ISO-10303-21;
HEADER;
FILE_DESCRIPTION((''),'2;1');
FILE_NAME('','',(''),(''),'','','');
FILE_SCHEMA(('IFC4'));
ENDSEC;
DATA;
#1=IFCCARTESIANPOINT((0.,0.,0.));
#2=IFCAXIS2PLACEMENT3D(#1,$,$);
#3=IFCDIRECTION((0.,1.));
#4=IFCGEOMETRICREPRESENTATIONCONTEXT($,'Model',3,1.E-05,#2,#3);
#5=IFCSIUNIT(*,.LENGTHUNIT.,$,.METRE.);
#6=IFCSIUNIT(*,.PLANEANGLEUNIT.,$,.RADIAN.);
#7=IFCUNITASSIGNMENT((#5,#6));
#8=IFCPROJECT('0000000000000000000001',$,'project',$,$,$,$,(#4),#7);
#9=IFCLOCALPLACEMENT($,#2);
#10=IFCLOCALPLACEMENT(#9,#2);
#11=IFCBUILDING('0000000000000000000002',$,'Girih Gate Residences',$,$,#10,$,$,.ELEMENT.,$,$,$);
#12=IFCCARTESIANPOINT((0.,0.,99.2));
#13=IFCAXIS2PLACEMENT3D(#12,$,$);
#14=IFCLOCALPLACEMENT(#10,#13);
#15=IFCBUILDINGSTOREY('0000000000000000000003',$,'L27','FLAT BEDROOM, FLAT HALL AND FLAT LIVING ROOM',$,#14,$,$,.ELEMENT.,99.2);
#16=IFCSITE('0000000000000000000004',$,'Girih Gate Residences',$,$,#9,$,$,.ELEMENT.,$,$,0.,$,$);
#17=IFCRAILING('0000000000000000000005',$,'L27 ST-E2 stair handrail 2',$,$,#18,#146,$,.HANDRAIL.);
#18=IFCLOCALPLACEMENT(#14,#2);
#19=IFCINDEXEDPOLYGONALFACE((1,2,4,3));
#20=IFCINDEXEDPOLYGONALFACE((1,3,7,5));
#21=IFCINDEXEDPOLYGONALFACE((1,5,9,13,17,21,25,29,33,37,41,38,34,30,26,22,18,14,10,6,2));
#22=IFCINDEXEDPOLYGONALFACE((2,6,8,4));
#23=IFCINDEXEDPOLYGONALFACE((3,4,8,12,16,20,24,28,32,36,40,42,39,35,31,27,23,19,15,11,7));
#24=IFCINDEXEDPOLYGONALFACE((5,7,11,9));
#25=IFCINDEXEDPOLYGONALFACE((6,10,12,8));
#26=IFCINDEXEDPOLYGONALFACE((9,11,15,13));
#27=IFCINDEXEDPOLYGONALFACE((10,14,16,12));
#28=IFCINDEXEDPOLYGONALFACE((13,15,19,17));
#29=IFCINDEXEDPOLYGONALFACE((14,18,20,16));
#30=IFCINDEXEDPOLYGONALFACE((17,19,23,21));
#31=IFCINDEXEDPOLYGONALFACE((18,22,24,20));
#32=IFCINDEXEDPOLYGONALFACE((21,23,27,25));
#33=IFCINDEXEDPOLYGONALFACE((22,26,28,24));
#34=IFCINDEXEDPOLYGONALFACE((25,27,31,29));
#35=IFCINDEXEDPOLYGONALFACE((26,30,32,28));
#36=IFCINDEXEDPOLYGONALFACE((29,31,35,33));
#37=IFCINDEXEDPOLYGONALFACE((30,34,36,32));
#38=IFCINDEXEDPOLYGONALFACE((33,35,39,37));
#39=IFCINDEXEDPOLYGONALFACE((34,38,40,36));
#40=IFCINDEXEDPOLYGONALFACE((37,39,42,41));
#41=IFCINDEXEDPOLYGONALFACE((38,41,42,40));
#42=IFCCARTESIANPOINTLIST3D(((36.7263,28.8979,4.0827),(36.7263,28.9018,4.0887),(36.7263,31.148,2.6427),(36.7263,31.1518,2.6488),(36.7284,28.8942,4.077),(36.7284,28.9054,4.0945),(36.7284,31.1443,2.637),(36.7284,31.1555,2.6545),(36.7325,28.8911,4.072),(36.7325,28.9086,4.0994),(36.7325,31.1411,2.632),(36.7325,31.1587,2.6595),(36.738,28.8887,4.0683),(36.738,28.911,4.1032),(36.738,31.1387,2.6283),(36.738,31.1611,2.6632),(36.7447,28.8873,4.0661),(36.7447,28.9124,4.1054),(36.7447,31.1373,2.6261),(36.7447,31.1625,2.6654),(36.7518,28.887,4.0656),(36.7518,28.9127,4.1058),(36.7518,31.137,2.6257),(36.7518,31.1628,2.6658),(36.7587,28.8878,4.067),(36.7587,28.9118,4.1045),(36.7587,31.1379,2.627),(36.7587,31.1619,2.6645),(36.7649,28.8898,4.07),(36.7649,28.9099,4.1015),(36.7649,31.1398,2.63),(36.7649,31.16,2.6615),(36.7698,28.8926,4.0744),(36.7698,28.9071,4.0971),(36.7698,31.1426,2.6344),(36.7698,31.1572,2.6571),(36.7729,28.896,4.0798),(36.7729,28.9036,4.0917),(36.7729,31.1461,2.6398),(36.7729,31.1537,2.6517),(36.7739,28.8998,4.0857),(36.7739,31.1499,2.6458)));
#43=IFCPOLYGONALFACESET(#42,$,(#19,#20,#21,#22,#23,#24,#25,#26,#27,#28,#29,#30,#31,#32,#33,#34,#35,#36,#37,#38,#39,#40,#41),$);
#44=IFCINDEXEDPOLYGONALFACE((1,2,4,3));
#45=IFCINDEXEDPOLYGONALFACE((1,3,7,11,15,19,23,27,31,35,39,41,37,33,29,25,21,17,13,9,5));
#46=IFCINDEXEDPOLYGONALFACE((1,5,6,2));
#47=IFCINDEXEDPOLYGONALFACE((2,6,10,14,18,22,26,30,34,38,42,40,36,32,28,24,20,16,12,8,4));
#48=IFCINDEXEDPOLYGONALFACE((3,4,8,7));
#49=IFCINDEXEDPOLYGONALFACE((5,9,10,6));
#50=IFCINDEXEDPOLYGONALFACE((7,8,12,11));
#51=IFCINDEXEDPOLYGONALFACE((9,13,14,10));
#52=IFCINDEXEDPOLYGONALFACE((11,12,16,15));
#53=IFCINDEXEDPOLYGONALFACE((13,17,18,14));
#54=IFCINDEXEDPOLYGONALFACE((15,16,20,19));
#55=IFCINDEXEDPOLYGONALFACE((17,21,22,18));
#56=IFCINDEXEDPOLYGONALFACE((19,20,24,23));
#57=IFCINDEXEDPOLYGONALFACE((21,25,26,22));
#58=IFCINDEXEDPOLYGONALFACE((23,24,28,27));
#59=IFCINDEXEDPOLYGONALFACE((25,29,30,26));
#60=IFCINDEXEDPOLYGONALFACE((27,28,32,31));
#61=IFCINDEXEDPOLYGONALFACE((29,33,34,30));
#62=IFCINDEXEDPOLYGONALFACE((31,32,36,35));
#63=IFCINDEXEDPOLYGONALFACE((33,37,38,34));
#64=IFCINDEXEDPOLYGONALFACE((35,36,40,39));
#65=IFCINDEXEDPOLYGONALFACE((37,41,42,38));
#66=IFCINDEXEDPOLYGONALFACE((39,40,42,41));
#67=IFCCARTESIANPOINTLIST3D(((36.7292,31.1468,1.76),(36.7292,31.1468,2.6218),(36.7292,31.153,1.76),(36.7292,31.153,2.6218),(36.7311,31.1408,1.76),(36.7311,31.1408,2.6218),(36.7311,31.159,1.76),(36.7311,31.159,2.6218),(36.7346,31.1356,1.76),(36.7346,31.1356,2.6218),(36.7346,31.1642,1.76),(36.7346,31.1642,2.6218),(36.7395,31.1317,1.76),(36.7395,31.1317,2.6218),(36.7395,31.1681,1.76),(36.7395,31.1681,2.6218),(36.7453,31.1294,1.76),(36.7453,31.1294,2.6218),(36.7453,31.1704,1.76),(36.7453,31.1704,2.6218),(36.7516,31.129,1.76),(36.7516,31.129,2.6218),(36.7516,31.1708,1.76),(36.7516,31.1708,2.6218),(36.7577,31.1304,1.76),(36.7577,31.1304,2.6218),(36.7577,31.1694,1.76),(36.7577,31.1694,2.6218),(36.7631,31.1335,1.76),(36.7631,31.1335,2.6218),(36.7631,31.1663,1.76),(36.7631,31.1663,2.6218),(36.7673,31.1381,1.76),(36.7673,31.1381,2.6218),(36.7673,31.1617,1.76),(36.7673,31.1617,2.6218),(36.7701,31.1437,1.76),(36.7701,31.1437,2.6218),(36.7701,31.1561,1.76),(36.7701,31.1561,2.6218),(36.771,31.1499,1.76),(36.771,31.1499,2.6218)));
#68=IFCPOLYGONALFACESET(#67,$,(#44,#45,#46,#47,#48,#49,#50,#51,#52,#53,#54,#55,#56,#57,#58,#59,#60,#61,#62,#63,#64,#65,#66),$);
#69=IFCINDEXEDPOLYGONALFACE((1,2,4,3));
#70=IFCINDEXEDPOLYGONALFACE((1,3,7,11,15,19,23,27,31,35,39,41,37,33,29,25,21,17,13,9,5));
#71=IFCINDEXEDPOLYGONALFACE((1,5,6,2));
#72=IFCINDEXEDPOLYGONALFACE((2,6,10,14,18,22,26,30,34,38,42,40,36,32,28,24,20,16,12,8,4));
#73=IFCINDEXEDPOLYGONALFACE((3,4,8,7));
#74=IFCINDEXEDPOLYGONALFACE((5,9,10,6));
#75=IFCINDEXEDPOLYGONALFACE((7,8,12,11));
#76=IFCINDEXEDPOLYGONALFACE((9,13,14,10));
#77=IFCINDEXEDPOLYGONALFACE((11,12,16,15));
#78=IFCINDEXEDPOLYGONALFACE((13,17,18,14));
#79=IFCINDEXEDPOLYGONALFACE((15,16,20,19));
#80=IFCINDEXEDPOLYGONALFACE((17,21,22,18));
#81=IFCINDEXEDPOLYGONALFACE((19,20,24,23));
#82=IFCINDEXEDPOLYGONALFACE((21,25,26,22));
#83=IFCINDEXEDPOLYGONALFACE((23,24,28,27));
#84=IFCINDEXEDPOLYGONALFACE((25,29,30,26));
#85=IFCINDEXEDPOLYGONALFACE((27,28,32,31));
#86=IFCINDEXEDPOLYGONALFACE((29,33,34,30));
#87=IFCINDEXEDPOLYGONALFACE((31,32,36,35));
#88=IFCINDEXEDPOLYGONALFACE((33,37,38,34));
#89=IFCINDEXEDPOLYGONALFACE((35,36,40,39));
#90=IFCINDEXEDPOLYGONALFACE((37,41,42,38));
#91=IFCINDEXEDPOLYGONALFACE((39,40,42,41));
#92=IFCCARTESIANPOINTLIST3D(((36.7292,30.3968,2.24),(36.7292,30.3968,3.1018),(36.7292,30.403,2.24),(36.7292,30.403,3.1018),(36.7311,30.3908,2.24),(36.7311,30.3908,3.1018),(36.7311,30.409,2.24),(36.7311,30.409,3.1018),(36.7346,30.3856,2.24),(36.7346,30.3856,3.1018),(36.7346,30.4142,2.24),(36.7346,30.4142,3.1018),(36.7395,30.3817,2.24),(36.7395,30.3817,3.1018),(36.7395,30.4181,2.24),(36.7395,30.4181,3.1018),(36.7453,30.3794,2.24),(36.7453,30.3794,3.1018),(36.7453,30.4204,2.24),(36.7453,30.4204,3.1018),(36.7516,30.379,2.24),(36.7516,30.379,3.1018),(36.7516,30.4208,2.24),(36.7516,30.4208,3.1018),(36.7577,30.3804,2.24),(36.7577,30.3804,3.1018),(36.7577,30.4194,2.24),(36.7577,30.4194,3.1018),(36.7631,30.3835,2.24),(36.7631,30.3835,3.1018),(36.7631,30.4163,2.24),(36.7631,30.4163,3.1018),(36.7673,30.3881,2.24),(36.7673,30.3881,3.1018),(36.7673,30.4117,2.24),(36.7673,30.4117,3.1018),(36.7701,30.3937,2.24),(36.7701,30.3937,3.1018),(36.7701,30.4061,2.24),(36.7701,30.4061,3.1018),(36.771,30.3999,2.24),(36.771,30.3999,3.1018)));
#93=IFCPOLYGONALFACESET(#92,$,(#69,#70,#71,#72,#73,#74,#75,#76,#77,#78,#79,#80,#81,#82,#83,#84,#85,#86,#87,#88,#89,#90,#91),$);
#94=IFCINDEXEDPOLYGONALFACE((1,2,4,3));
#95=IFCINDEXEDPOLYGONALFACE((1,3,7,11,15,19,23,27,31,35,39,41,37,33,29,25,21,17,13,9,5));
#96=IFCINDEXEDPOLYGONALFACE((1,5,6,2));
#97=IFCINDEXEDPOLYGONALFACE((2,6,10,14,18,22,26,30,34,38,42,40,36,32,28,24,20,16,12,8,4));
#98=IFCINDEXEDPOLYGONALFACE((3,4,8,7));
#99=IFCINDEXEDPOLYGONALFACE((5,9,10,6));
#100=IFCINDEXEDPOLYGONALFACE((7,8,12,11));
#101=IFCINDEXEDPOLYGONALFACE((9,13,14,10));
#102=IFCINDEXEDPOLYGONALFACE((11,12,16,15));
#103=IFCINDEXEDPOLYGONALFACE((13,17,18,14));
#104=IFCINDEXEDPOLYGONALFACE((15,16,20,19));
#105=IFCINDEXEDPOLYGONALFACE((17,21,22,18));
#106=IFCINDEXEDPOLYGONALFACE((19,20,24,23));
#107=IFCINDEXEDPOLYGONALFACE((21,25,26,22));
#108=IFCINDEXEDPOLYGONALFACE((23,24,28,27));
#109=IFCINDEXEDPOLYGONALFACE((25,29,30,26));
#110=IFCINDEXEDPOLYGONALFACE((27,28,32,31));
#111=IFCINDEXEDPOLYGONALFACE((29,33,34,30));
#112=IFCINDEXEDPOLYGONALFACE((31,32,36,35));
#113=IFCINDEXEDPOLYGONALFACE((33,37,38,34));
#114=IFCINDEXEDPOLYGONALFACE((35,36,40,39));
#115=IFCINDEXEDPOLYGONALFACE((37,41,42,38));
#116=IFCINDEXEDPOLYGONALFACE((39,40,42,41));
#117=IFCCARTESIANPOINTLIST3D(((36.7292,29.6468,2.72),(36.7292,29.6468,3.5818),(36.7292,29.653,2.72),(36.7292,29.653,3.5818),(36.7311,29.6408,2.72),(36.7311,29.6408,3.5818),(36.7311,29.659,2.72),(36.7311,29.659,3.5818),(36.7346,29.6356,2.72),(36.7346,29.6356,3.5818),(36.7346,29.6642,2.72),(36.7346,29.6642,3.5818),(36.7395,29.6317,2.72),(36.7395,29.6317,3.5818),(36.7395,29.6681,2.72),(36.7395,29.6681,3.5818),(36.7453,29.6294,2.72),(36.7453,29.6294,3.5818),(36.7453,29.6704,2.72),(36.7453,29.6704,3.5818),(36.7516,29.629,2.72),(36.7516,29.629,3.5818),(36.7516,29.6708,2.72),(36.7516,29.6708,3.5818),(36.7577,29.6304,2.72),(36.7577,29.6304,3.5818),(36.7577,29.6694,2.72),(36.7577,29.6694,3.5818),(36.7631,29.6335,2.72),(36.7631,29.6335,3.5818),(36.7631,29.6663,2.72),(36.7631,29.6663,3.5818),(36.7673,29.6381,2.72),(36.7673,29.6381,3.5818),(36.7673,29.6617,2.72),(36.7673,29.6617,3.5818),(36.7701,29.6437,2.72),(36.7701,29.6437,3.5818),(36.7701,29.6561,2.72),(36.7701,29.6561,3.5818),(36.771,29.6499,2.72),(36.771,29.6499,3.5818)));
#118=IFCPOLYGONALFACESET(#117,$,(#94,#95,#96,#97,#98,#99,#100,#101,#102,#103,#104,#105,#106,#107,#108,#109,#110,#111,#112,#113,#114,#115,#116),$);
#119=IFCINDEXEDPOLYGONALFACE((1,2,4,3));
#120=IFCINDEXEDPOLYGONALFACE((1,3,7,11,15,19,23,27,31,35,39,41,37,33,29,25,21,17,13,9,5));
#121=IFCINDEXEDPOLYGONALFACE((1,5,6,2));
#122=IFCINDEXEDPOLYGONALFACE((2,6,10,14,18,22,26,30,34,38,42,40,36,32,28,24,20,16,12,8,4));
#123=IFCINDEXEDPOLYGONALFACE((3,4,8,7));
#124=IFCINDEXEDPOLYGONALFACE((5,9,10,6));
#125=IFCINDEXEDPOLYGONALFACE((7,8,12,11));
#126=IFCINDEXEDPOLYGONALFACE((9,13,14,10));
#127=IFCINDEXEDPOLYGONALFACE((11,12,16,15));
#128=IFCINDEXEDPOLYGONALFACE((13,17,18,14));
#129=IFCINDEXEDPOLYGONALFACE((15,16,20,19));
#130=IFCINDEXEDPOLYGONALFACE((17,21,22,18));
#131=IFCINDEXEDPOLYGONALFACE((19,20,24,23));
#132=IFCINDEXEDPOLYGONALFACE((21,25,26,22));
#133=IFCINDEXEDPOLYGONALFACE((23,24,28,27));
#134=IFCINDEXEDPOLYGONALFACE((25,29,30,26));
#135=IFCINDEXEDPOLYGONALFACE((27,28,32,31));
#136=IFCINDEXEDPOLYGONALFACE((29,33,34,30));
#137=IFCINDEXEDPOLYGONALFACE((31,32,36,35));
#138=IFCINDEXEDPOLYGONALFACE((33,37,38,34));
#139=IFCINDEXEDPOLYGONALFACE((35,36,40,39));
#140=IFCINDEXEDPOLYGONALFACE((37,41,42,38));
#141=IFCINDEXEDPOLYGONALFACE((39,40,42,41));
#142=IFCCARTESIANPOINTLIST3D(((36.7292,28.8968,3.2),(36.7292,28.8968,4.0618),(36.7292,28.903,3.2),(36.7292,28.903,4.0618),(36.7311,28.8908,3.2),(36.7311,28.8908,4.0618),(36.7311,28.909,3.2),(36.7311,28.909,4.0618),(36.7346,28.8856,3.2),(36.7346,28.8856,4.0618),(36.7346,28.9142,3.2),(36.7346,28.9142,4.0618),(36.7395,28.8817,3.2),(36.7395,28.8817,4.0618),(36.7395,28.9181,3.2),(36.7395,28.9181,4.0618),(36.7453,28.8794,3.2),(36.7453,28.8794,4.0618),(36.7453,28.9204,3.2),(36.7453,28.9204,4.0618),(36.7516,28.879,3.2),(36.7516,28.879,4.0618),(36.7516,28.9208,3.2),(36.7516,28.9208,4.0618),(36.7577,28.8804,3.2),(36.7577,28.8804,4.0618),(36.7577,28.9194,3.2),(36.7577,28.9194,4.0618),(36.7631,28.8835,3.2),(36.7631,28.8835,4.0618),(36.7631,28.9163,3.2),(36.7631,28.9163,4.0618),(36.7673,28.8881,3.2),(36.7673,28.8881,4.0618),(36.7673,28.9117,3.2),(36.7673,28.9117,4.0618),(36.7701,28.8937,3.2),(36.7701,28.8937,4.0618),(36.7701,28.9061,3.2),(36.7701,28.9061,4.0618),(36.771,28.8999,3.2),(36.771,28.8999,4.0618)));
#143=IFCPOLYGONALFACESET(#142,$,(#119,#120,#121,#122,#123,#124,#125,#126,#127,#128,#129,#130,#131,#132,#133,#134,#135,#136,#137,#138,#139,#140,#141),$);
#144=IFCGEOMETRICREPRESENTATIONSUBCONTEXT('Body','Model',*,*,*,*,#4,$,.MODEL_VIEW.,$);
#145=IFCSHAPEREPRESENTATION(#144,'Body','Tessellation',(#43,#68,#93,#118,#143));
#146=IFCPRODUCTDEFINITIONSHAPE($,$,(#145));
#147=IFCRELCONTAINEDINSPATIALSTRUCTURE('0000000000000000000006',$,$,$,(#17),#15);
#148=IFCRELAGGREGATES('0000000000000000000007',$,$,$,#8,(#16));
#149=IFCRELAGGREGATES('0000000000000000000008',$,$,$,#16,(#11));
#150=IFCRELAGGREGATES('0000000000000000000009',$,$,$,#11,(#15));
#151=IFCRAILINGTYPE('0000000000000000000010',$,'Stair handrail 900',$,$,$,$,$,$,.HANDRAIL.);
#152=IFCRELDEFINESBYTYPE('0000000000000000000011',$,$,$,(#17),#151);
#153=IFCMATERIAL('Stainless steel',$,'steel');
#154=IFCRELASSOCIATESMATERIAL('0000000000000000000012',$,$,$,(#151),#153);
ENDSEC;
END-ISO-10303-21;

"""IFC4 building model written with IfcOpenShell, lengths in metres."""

from ifc_helpers import new_model, si_unit, direction, frame, origin, origin_2d, place, context, subcontext, project, spatial, circle, extrude, material, type_object, element, save


model = new_model("IFC4")

# Units and contexts
model_context = context("Model", 3, precision=1e-05, world=origin(), true_north=direction((0.0, 1.0)))
body_context = subcontext(model_context, "Body", "Model", "MODEL_VIEW")
ifc_project = project(units=[si_unit("LENGTHUNIT", "METRE"), si_unit("PLANEANGLEUNIT", "RADIAN")], contexts=[model_context])

# Site, building, storey
site_placement = place(None, origin())
site = spatial("IfcSite", under=ifc_project, at=site_placement, Name="Girih Gate Residences", CompositionType="ELEMENT", RefElevation=0.0)
building_placement = place(site_placement, origin())
building = spatial("IfcBuilding", under=site, at=building_placement, Name="Girih Gate Residences", CompositionType="ELEMENT")
storey_placement = place(building_placement, frame((0.0, 0.0, 99.2)))
storey = spatial("IfcBuildingStorey", under=building, at=storey_placement, Name="L27", Description="FLAT BEDROOM, FLAT HALL AND FLAT LIVING ROOM", CompositionType="ELEMENT", Elevation=99.2)

# Shared definitions
ifc_material_1 = material(Name="Stainless steel", Category="steel")

# Railing
railing_type_1 = type_object("IfcRailingType", Name="Stair handrail 900", PredefinedType="HANDRAIL", material=ifc_material_1)
railing_1_placement = place(storey_placement, frame((36.75, 31.1499, 1.76)))
element("IfcRailing", 1, at=railing_1_placement, inside=storey, type_object=railing_type_1, Name="L27 ST-E2 stair handrail 2", PredefinedType="HANDRAIL", context=body_context, shape_type="SweptSolid", body=[
    extrude(circle(Radius=0.0239, at=origin_2d()), frame((0.0, 0.0, 0.8857), z_axis=(0.0, -0.842281, 0.539038), x_axis=(1.0, 0.0, 0.0)), (0.0, 0.0, 1.0), 2.6714),
    extrude(circle(Radius=0.021, at=origin_2d()), origin(), (0.0, 0.0, 1.0), 0.8618),
    extrude(circle(Radius=0.021, at=origin_2d()), frame((0.0, -0.75, 0.48)), (0.0, 0.0, 1.0), 0.8618),
    extrude(circle(Radius=0.021, at=origin_2d()), frame((0.0, -1.5, 0.96)), (0.0, 0.0, 1.0), 0.8618),
    extrude(circle(Radius=0.021, at=origin_2d()), frame((0.0, -2.25, 1.4399)), (0.0, 0.0, 1.0), 0.8618),
])

save(model, "model.ifc")
